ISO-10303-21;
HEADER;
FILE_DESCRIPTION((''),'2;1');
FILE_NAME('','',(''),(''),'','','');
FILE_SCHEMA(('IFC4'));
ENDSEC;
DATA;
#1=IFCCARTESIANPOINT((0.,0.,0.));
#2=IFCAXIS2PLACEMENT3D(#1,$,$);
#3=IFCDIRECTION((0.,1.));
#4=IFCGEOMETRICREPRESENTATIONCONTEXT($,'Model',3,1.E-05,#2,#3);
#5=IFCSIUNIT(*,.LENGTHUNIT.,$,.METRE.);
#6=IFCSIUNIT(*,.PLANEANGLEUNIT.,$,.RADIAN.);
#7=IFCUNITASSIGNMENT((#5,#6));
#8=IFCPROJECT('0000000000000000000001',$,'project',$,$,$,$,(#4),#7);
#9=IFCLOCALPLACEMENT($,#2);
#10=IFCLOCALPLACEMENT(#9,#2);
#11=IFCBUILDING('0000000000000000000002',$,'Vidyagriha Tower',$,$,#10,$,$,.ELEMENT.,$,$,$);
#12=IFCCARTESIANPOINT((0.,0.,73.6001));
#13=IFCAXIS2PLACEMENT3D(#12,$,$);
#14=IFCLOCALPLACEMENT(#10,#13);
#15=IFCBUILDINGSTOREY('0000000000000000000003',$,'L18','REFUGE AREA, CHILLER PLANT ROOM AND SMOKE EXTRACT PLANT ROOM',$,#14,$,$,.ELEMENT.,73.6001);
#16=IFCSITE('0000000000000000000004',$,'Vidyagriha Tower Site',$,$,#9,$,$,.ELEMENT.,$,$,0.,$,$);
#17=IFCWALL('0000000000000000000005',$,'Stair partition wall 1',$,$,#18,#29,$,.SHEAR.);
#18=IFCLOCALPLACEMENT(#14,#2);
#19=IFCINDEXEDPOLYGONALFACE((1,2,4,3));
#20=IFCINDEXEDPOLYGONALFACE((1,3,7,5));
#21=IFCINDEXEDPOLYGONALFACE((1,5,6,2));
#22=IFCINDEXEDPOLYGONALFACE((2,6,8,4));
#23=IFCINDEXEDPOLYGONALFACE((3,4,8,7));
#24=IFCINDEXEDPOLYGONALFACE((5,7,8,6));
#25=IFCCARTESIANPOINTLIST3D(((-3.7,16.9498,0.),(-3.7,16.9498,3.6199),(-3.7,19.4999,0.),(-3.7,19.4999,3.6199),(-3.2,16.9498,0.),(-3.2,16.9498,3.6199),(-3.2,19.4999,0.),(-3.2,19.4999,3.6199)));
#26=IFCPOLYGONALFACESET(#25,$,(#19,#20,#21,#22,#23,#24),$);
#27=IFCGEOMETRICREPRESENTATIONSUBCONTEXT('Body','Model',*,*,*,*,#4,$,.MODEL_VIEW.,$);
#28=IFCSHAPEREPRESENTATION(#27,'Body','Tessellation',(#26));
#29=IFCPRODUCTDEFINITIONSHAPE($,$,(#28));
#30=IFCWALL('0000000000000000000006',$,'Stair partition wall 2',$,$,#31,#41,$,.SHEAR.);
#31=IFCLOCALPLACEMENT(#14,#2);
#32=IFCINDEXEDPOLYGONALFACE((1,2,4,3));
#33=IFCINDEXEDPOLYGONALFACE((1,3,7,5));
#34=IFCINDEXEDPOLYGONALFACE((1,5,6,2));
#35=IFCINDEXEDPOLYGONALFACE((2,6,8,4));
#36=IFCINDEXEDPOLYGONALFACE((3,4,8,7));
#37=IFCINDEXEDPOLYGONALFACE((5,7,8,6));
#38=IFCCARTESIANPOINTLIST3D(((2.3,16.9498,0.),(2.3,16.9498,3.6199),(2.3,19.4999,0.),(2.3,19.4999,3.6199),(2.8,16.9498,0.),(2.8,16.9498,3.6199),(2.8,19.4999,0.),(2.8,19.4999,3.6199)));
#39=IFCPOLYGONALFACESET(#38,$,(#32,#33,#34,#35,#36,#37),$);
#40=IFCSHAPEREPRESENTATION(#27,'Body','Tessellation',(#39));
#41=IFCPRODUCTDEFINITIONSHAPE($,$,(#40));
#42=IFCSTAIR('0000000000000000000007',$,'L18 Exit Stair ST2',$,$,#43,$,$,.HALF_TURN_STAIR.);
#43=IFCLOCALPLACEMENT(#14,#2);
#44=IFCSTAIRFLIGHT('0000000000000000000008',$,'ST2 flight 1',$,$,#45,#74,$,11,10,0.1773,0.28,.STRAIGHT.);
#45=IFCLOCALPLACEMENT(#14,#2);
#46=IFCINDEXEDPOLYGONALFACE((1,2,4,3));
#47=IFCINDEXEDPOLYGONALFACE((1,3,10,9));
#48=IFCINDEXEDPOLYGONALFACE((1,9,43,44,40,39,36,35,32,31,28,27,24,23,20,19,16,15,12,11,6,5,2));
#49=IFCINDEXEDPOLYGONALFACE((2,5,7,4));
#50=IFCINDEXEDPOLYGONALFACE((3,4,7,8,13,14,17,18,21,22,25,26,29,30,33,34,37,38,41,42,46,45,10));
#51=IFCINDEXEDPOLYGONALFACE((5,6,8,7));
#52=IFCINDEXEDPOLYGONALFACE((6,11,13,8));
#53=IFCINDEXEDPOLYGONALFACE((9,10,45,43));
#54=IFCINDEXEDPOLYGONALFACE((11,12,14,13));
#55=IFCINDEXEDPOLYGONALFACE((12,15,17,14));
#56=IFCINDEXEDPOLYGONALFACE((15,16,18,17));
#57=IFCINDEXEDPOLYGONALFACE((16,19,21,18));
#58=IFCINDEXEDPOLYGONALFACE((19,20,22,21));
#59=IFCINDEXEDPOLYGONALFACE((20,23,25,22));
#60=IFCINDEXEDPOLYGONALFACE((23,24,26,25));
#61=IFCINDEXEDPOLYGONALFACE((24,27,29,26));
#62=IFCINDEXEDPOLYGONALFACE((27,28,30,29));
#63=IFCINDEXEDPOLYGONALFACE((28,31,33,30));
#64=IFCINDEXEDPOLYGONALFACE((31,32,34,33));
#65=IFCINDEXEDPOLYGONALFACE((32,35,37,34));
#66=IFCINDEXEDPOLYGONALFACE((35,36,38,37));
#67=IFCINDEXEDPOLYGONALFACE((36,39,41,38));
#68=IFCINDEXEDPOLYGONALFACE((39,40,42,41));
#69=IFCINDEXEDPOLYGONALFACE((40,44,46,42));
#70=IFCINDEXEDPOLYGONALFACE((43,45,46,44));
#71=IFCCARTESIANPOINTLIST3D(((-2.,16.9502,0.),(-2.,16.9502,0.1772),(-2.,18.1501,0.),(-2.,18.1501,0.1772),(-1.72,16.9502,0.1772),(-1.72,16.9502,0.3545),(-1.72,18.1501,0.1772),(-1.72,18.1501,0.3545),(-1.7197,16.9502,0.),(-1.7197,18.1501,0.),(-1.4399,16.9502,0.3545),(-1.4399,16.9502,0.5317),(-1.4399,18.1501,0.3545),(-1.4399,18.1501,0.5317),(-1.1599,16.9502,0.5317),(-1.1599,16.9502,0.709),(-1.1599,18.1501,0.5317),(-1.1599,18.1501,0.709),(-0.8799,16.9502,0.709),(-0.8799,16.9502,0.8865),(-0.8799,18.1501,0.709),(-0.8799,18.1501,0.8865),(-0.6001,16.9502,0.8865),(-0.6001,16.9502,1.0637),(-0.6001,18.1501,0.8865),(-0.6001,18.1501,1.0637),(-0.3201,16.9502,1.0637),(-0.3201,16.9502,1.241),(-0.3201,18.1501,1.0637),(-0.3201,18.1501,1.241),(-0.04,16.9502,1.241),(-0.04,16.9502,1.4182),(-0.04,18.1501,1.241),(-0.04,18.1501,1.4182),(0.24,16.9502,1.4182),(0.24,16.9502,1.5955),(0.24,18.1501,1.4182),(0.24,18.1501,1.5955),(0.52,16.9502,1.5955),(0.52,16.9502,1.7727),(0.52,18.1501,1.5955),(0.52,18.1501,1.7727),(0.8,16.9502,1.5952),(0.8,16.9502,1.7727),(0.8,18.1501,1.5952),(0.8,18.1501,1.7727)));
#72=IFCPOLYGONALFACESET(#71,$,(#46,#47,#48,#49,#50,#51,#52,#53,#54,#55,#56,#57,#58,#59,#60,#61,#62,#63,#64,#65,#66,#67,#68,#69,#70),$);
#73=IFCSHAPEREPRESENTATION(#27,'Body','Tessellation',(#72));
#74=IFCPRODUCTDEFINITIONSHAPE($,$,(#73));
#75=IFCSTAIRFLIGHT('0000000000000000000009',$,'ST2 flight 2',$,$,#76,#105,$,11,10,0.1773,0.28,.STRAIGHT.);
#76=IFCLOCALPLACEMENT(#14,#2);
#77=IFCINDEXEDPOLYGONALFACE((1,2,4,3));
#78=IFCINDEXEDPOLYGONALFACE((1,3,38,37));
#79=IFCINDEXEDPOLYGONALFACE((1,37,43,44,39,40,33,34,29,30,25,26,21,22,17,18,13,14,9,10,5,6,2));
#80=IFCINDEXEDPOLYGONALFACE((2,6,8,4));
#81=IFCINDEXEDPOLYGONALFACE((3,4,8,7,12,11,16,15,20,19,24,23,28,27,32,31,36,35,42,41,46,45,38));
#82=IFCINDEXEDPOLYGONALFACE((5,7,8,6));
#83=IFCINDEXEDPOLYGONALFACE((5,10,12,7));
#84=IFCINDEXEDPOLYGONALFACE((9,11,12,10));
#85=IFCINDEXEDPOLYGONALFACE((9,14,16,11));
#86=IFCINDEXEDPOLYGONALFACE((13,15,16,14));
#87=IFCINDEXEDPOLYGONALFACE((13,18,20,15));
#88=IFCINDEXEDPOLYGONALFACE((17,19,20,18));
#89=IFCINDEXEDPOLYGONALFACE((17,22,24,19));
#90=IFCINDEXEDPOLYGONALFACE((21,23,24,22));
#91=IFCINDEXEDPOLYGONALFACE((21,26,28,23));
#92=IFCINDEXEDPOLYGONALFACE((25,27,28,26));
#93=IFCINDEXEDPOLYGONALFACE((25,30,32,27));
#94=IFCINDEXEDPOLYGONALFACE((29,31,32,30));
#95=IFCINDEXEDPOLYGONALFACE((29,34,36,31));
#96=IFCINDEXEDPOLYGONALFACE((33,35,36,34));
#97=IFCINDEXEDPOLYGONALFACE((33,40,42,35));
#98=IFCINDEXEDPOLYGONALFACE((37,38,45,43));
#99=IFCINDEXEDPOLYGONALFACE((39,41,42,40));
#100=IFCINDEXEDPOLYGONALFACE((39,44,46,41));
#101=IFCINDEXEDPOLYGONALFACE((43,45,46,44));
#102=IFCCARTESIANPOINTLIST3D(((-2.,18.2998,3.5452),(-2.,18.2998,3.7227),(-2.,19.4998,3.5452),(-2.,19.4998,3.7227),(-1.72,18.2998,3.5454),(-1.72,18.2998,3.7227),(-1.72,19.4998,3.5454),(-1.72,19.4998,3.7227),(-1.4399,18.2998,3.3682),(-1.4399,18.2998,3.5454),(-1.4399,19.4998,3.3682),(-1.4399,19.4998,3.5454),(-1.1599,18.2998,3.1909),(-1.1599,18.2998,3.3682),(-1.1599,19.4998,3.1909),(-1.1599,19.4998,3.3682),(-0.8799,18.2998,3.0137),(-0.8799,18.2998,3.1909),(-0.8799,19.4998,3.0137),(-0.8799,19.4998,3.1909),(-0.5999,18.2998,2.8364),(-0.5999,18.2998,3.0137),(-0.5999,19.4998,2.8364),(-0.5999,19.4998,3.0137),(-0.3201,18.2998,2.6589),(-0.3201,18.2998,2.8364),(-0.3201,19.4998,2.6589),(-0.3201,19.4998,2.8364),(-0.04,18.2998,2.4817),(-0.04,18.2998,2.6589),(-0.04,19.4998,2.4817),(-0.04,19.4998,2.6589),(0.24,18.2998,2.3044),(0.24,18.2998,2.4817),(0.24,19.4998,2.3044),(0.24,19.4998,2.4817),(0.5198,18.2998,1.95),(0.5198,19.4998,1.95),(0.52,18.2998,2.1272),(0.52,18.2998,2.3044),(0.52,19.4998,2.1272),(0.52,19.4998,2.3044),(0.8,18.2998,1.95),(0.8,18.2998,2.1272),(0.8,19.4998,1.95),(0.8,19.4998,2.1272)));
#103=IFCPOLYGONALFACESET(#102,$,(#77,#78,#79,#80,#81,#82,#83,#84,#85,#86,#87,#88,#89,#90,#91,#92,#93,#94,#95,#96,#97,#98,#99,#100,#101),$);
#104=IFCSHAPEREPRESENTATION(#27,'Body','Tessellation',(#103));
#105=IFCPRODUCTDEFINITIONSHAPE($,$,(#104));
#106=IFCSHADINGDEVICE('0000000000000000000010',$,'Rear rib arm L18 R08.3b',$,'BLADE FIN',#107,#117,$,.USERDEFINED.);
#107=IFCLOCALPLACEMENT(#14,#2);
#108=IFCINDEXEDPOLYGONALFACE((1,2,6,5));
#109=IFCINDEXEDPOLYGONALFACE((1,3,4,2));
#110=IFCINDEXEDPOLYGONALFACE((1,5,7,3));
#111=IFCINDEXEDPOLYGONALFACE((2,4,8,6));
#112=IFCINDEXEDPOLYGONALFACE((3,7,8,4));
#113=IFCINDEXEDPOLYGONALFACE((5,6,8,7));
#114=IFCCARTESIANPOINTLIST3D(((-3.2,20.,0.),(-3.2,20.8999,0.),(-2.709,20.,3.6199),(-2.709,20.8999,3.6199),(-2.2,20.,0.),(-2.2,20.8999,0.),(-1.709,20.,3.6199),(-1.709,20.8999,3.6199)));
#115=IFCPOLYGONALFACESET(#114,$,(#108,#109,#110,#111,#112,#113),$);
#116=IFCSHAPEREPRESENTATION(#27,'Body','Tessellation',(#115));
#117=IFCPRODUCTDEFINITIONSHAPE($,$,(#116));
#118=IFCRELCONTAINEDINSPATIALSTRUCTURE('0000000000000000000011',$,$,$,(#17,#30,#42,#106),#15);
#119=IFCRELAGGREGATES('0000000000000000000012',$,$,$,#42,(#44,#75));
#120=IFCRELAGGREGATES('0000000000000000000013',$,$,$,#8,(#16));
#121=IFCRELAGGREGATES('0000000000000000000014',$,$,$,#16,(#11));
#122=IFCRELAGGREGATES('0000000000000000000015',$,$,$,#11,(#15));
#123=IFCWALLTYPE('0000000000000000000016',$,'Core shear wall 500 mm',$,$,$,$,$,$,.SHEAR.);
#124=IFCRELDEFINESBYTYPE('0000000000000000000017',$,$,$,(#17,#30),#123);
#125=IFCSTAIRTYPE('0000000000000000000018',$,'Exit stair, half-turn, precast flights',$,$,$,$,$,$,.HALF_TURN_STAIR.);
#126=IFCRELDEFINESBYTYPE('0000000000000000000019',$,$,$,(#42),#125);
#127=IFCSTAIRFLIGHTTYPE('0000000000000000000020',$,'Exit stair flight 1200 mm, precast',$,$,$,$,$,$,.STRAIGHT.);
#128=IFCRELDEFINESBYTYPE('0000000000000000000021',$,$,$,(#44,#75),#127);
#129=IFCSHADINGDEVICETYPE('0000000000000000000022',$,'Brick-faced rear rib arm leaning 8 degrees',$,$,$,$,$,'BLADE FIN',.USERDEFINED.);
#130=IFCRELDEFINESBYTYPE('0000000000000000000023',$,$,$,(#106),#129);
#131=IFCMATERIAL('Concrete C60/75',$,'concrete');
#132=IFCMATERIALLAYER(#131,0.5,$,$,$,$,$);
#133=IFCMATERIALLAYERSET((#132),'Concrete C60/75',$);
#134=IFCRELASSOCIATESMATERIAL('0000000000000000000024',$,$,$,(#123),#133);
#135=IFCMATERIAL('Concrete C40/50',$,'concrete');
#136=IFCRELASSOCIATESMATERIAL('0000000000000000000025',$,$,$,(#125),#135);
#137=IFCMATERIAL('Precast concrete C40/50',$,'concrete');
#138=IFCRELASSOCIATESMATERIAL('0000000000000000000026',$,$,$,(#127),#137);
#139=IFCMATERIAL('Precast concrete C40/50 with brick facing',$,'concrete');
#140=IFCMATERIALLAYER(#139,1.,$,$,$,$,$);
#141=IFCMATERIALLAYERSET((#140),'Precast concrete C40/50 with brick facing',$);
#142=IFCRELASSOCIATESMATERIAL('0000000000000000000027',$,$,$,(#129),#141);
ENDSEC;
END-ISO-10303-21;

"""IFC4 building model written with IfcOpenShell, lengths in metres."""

from ifc_helpers import new_model, si_unit, direction, frame, frame_2d, origin, place, context, subcontext, project, spatial, polyline, rectangle, outline, extrude, material, layer, layer_set, type_object, element, aggregate, save


model = new_model("IFC4")

# Units and contexts
model_context = context("Model", 3, precision=1e-05, world=origin(), true_north=direction((0.0, 1.0)))
body_context = subcontext(model_context, "Body", "Model", "MODEL_VIEW")
ifc_project = project(units=[si_unit("LENGTHUNIT", "METRE"), si_unit("PLANEANGLEUNIT", "RADIAN")], contexts=[model_context])

# Site, building, storey
site_placement = place(None, origin())
site = spatial("IfcSite", under=ifc_project, at=site_placement, Name="Vidyagriha Tower Site", CompositionType="ELEMENT", RefElevation=0.0)
building_placement = place(site_placement, origin())
building = spatial("IfcBuilding", under=site, at=building_placement, Name="Vidyagriha Tower", CompositionType="ELEMENT")
storey_placement = place(building_placement, frame((0.0, 0.0, 73.6001)))
storey = spatial("IfcBuildingStorey", under=building, at=storey_placement, Name="L18", Description="REFUGE AREA, CHILLER PLANT ROOM AND SMOKE EXTRACT PLANT ROOM", CompositionType="ELEMENT", Elevation=73.6001)

# Walls
ifc_material_1 = material(Name="Concrete C60/75", Category="concrete")
ifc_layer_1 = layer(ifc_material_1, 0.5)
ifc_layer_set_1 = layer_set([ifc_layer_1], Name="Concrete C60/75")
wall_type_1 = type_object("IfcWallType", Name="Core shear wall 500 mm", PredefinedType="SHEAR", material=ifc_layer_set_1)
for number, where, z_axis, x_axis, name in (
    (1, (-3.45, 16.95, 0.0), (0.0, 0.0, 1.0), (0.0, 1.0, 0.0), "Stair partition wall 1"),
    (2, (2.55, 16.95, 0.0), (0.0, 0.0, 1.0), (0.0, 1.0, 0.0), "Stair partition wall 2"),
):
    element("IfcWall", number, at=place(storey_placement, frame(where, z_axis=z_axis, x_axis=x_axis)), inside=storey, type_object=wall_type_1, Name=name, PredefinedType="SHEAR", context=body_context, shape_type="SweptSolid", body=[
        extrude(rectangle(XDim=2.55, YDim=0.5, at=frame_2d((1.2749, 0.0))), origin(), (0.0, 0.0, 1.0), 3.6199),
    ])

# Stair, stair flights
ifc_material_2 = material(Name="Concrete C40/50", Category="concrete")
stair_type = type_object("IfcStairType", Name="Exit stair, half-turn, precast flights", PredefinedType="HALF_TURN_STAIR", material=ifc_material_2)
stair_placement = place(storey_placement, origin())
stair = element("IfcStair", 3, at=stair_placement, inside=storey, type_object=stair_type, Name="L18 Exit Stair ST2", PredefinedType="HALF_TURN_STAIR")
ifc_material_3 = material(Name="Precast concrete C40/50", Category="concrete")
stair_flight_type = type_object("IfcStairFlightType", Name="Exit stair flight 1200 mm, precast", PredefinedType="STRAIGHT", material=ifc_material_3)
stair_flight_1_placement = place(storey_placement, frame((-2.0, 17.55, 0.0)))
stair_flight_1 = element("IfcStairFlight", 4, at=stair_flight_1_placement, type_object=stair_flight_type, Name="ST2 flight 1", NumberOfRisers=11, NumberOfTreads=10, PredefinedType="STRAIGHT", RiserHeight=0.1773, TreadLength=0.28, context=body_context, shape_type="SweptSolid", body=[
    extrude(outline(polyline([(0.0, 0.0), (0.0, 0.1772), (0.28, 0.1772), (0.28, 0.3545), (0.5601, 0.3545), (0.5601, 0.5317), (0.8401, 0.5317), (0.8401, 0.709), (1.1201, 0.709), (1.1201, 0.8865), (1.3999, 0.8865), (1.3999, 1.0637), (1.6799, 1.0637), (1.6799, 1.241), (1.96, 1.241), (1.96, 1.4182), (2.24, 1.4182), (2.24, 1.5955), (2.52, 1.5955), (2.52, 1.7727), (2.8, 1.7727), (2.8, 1.95), (2.8, 1.5952), (0.2803, 0.0), (0.0, 0.0)])), frame((0.0, 0.6001, 0.0), z_axis=(0.0, -1.0, 0.0), x_axis=(1.0, 0.0, 0.0)), (0.0, 0.0, 1.0), 1.2),
])
stair_flight_2_placement = place(storey_placement, frame((0.8, 18.8999, 1.95), z_axis=(0.0, 0.0, 1.0), x_axis=(-1.0, 0.0, 0.0)))
stair_flight_2 = element("IfcStairFlight", 5, at=stair_flight_2_placement, type_object=stair_flight_type, Name="ST2 flight 2", NumberOfRisers=11, NumberOfTreads=10, PredefinedType="STRAIGHT", RiserHeight=0.1773, TreadLength=0.28, context=body_context, shape_type="SweptSolid", body=[
    extrude(outline(polyline([(0.0, 0.0), (0.0, 0.1772), (0.28, 0.1772), (0.28, 0.3545), (0.5601, 0.3545), (0.5601, 0.5317), (0.8401, 0.5317), (0.8401, 0.709), (1.1201, 0.709), (1.1201, 0.8865), (1.3999, 0.8865), (1.3999, 1.0637), (1.6799, 1.0637), (1.6799, 1.241), (1.96, 1.241), (1.96, 1.4182), (2.24, 1.4182), (2.24, 1.5955), (2.52, 1.5955), (2.52, 1.7727), (2.8, 1.7727), (2.8, 1.95), (2.8, 1.5952), (0.2803, 0.0), (0.0, 0.0)])), frame((0.0, 0.6001, 0.0), z_axis=(0.0, -1.0, 0.0), x_axis=(1.0, 0.0, 0.0)), (0.0, 0.0, 1.0), 1.2),
])
aggregate(stair, [stair_flight_1, stair_flight_2])

# Shading device
ifc_material_4 = material(Name="Precast concrete C40/50 with brick facing", Category="concrete")
ifc_layer_2 = layer(ifc_material_4, 1.0)
ifc_layer_set_2 = layer_set([ifc_layer_2], Name="Precast concrete C40/50 with brick facing")
shading_device_type = type_object("IfcShadingDeviceType", Name="Brick-faced rear rib arm leaning 8 degrees", ElementType="BLADE FIN", PredefinedType="USERDEFINED", material=ifc_layer_set_2)
shading_device_placement = place(storey_placement, frame((-1.709, 20.45, 0.0), z_axis=(0.0, 0.0, 1.0), x_axis=(-1.0, 0.0, 0.0)))
element("IfcShadingDevice", 6, at=shading_device_placement, inside=storey, type_object=shading_device_type, Name="Rear rib arm L18 R08.3b", ObjectType="BLADE FIN", PredefinedType="USERDEFINED", context=body_context, shape_type="SweptSolid", body=[
    extrude(outline(polyline([(0.491, 0.0), (1.491, 0.0), (1.0, 3.6199), (0.0, 3.6199), (0.491, 0.0)])), frame((0.0, 0.45, 0.0), z_axis=(0.0, -1.0, 0.0), x_axis=(1.0, 0.0, 0.0)), (0.0, 0.0, 1.0), 0.8999),
])

save(model, "model.ifc")
